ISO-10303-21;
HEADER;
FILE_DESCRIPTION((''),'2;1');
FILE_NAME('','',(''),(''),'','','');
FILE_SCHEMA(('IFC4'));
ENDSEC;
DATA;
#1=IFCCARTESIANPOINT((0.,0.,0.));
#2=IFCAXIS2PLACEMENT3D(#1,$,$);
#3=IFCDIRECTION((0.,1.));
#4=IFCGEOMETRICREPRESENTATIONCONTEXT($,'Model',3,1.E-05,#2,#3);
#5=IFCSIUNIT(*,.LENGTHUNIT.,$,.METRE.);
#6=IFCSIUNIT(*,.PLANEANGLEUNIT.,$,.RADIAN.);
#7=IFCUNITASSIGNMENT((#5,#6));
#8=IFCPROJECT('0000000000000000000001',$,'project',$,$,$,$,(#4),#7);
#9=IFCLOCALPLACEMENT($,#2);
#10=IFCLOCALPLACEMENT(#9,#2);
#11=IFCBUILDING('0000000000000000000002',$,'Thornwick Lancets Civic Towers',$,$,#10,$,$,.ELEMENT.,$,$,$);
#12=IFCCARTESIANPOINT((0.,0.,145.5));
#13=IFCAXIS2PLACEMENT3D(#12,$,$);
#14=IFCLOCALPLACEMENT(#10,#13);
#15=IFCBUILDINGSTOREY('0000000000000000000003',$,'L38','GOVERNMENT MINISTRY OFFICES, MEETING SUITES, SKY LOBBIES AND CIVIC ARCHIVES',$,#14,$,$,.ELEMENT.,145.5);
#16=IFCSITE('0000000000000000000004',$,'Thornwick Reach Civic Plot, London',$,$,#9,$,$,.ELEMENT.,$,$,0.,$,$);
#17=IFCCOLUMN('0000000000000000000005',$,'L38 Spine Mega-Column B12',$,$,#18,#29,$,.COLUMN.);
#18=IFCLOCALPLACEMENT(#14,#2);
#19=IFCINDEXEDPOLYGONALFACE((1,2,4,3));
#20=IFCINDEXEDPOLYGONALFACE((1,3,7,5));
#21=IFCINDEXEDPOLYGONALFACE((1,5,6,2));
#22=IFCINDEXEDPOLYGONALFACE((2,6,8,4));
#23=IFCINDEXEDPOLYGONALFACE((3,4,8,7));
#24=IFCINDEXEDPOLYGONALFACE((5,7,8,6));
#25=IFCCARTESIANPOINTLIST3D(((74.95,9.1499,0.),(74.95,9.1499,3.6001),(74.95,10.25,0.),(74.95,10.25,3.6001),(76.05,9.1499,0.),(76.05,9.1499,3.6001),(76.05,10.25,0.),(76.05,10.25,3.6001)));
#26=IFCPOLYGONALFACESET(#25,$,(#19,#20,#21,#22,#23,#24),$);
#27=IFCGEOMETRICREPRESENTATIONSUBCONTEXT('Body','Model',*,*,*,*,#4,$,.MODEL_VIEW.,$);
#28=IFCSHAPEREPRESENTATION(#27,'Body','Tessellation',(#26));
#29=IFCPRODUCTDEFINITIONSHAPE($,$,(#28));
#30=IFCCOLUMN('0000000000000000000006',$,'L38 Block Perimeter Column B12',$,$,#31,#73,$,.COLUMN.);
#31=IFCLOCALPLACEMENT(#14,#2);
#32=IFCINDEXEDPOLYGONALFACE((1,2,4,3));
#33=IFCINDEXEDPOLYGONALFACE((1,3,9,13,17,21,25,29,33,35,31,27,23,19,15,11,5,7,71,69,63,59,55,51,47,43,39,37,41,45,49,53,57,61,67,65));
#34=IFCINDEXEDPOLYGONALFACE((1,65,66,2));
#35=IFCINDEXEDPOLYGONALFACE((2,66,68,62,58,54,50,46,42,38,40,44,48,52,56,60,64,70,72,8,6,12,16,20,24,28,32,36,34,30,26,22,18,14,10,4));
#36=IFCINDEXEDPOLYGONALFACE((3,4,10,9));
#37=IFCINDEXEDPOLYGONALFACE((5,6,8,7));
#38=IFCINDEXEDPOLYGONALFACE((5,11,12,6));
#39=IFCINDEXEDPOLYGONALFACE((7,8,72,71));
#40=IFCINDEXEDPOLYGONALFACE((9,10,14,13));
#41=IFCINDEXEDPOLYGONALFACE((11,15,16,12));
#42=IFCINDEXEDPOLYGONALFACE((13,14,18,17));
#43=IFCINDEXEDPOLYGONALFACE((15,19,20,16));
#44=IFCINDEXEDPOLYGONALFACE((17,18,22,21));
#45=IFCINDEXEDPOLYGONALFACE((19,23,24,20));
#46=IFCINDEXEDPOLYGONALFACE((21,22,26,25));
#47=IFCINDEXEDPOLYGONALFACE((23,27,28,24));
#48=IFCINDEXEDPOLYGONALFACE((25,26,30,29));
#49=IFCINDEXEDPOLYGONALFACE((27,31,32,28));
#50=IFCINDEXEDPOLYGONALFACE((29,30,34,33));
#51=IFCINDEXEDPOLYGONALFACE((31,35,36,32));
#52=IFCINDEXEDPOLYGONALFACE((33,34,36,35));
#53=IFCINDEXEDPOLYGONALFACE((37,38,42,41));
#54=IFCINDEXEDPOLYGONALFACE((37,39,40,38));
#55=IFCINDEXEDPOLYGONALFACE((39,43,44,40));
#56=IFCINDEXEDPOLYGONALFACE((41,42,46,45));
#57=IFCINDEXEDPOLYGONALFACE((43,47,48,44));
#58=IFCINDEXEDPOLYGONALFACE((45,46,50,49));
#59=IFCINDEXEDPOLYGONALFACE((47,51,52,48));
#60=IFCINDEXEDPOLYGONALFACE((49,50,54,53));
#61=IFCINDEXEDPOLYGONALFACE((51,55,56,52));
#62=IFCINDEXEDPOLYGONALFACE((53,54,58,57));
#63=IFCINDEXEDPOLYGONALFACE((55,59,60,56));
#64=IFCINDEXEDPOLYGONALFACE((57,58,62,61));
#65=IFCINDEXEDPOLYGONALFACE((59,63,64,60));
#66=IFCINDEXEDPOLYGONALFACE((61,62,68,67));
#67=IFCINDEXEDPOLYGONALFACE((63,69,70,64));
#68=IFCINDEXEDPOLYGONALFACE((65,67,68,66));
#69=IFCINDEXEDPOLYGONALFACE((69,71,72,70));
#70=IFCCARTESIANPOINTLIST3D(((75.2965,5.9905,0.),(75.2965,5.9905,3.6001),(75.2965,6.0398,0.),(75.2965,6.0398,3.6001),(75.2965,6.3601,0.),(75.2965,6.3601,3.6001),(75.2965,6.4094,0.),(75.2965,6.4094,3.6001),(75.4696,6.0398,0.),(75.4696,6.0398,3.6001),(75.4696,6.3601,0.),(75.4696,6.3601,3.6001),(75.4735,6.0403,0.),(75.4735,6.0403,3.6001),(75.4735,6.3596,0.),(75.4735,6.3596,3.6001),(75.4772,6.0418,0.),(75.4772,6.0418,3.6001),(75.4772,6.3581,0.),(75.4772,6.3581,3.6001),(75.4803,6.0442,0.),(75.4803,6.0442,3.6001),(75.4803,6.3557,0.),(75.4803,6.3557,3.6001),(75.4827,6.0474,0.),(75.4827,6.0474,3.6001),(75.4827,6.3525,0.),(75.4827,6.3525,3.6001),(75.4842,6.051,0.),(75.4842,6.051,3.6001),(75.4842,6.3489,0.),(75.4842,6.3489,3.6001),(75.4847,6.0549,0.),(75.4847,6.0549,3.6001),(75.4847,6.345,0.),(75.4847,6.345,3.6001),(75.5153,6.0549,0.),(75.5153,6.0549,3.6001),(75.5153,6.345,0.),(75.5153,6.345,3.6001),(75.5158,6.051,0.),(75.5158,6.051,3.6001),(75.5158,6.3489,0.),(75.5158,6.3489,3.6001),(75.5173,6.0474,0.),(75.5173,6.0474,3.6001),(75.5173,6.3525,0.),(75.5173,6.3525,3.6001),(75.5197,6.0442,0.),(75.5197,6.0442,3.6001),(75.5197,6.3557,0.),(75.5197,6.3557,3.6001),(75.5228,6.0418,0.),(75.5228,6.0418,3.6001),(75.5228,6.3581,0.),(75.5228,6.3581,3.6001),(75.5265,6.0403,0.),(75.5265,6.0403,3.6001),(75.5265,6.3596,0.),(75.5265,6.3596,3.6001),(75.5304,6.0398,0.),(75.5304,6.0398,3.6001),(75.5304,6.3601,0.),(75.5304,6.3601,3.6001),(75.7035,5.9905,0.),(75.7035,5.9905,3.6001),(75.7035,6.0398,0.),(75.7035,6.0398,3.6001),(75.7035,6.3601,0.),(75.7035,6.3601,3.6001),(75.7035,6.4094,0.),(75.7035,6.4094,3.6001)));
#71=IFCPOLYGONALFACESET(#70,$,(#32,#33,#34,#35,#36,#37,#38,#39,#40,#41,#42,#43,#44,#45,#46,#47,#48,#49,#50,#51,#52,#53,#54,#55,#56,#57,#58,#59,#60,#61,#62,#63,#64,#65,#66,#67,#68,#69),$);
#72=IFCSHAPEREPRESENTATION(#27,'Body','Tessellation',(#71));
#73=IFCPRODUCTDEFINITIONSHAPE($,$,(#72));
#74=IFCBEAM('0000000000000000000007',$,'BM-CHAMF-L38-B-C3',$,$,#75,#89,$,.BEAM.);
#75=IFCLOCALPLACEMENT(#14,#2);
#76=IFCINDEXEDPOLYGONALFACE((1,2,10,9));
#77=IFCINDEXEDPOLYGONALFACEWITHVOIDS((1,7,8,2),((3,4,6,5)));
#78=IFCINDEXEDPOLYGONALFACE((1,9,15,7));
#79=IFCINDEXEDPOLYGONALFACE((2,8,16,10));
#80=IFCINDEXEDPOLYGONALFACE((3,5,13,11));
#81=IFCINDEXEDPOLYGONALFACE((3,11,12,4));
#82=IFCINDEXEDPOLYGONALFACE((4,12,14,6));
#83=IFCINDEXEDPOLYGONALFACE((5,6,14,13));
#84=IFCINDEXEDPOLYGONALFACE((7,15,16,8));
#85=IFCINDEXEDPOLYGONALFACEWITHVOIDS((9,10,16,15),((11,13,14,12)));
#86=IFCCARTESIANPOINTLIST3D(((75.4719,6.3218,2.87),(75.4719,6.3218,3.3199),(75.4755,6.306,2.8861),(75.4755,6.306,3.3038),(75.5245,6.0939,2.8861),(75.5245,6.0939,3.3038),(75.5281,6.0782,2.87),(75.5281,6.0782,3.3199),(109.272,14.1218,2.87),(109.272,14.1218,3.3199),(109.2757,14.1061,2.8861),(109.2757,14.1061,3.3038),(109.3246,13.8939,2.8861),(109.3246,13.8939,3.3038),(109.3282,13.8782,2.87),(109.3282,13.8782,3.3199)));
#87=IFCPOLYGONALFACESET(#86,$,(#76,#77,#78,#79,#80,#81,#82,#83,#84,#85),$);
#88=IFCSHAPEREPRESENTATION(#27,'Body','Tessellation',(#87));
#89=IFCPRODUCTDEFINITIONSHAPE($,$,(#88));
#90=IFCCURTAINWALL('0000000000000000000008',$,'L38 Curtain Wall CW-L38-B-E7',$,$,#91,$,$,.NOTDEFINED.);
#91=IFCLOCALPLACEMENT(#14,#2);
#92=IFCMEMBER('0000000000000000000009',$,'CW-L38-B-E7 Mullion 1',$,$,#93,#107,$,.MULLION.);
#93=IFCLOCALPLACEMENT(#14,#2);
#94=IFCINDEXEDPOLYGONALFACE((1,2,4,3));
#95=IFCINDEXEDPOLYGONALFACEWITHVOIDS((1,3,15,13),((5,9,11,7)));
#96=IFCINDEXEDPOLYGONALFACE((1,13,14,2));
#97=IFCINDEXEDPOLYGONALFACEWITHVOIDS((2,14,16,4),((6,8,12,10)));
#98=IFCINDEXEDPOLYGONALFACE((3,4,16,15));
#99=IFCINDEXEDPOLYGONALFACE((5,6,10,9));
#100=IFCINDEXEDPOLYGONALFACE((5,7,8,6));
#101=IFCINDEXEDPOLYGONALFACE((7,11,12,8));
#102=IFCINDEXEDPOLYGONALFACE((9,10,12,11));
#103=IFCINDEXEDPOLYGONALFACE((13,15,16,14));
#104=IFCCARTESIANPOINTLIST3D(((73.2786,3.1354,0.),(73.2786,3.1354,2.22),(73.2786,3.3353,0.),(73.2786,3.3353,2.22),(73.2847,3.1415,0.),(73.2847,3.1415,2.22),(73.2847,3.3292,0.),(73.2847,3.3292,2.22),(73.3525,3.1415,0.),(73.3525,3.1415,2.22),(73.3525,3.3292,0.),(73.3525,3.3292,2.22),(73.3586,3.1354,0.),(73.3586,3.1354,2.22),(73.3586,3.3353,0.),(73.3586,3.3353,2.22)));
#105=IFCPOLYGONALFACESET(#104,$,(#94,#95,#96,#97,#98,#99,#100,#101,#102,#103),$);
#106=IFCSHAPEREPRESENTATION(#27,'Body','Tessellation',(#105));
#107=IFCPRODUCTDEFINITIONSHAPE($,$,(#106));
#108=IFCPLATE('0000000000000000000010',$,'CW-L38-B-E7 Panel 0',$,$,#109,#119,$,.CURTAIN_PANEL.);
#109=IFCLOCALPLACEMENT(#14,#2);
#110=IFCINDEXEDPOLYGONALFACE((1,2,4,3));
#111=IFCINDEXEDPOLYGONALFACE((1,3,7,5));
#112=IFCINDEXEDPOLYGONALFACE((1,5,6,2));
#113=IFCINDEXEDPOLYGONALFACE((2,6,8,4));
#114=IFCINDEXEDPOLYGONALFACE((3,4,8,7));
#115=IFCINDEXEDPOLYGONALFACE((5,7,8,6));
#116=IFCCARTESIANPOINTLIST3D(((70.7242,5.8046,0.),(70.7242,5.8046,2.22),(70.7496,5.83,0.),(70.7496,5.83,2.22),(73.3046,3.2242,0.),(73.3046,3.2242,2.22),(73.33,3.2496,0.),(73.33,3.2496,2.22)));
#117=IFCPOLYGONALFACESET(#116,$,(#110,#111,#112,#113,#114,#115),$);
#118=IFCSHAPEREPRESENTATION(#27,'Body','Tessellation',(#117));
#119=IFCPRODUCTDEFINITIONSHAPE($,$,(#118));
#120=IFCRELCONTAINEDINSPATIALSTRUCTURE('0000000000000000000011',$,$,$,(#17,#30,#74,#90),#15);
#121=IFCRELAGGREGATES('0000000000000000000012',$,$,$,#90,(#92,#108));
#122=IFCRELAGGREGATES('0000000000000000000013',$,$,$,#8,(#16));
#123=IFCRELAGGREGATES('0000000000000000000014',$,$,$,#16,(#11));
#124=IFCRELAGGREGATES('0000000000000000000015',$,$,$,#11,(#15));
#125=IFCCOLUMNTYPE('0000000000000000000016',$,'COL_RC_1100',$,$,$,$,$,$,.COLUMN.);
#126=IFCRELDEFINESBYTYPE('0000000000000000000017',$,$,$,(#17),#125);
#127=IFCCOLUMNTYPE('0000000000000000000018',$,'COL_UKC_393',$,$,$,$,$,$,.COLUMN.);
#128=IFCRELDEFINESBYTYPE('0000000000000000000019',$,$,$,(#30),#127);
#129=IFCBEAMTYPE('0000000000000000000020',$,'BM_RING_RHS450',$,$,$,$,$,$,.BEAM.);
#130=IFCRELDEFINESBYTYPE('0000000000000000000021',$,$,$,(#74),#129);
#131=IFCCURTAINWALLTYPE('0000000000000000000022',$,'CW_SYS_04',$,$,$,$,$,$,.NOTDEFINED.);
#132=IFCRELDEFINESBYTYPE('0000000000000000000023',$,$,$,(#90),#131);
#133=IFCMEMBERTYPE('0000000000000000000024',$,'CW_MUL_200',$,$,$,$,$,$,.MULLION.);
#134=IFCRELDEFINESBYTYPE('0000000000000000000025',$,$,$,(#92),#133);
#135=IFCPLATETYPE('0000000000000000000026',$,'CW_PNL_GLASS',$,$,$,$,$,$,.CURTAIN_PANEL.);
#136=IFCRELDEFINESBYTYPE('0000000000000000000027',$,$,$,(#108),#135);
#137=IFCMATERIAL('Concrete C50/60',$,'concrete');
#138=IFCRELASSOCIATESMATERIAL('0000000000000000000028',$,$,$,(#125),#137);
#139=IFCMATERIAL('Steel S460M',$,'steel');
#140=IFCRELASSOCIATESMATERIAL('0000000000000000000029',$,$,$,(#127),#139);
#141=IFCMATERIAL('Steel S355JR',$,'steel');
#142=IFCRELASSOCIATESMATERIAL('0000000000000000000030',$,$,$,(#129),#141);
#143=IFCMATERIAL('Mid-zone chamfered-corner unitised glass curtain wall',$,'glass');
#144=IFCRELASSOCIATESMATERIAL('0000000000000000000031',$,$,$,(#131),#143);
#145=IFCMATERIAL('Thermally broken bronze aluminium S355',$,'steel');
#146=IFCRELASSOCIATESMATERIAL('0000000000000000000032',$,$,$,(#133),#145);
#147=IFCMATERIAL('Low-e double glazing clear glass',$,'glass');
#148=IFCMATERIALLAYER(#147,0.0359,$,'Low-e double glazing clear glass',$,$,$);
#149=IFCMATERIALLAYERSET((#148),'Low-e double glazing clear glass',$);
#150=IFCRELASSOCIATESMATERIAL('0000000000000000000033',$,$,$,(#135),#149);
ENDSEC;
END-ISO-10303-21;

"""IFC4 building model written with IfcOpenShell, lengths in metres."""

from ifc_helpers import new_model, si_unit, direction, frame, origin, origin_2d, place, context, subcontext, project, spatial, rectangle, hollow_rectangle, i_section, extrude, material, layer, layer_set, material_profile, profile_set, type_object, element, aggregate, save


model = new_model("IFC4")

# Units and contexts
model_context = context("Model", 3, precision=1e-05, world=origin(), true_north=direction((0.0, 1.0)))
body_context = subcontext(model_context, "Body", "Model", "MODEL_VIEW")
ifc_project = project(units=[si_unit("LENGTHUNIT", "METRE"), si_unit("PLANEANGLEUNIT", "RADIAN")], contexts=[model_context])

# Site, building, storey
site_placement = place(None, origin())
site = spatial("IfcSite", under=ifc_project, at=site_placement, Name="Thornwick Reach Civic Plot, London", CompositionType="ELEMENT", RefElevation=0.0)
building_placement = place(site_placement, origin())
building = spatial("IfcBuilding", under=site, at=building_placement, Name="Thornwick Lancets Civic Towers", CompositionType="ELEMENT")
storey_placement = place(building_placement, frame((0.0, 0.0, 145.5)))
storey = spatial("IfcBuildingStorey", under=building, at=storey_placement, Name="L38", Description="GOVERNMENT MINISTRY OFFICES, MEETING SUITES, SKY LOBBIES AND CIVIC ARCHIVES", CompositionType="ELEMENT", Elevation=145.5)

# Columns
ifc_material_1 = material(Name="Concrete C50/60", Category="concrete")
ifc_material_profile_1 = material_profile(ifc_material_1, rectangle(XDim=1.1001, YDim=1.1001, at=origin_2d()), Name="RC 1100x1100")
ifc_profile_set_1 = profile_set([ifc_material_profile_1], Name="Concrete C50/60")
column_type_1 = type_object("IfcColumnType", Name="COL_RC_1100", PredefinedType="COLUMN", material=ifc_profile_set_1)
column_1_placement = place(storey_placement, frame((75.5, 9.7, 0.0), z_axis=(0.0, 0.0, 1.0), x_axis=(1.0, 0.0, 0.0)))
element("IfcColumn", 1, at=column_1_placement, inside=storey, type_object=column_type_1, Name="L38 Spine Mega-Column B12", PredefinedType="COLUMN", context=body_context, shape_type="SweptSolid", body=[
    extrude(rectangle(XDim=1.1001, YDim=1.1001, at=origin_2d()), origin(), (0.0, 0.0, 1.0), 3.6001),
])
ifc_material_2 = material(Name="Steel S460M", Category="steel")
ifc_material_profile_2 = material_profile(ifc_material_2, i_section(OverallWidth=0.407, OverallDepth=0.4189, WebThickness=0.0305, FlangeThickness=0.0493, FilletRadius=0.0151, at=origin_2d()), Name="UKC 356x406x393")
ifc_profile_set_2 = profile_set([ifc_material_profile_2], Name="Steel S460M")
column_type_2 = type_object("IfcColumnType", Name="COL_UKC_393", PredefinedType="COLUMN", material=ifc_profile_set_2)
column_2_placement = place(storey_placement, frame((75.5, 6.2, 0.0), z_axis=(0.0, 0.0, 1.0), x_axis=(1.0, 0.0, 0.0)))
element("IfcColumn", 2, at=column_2_placement, inside=storey, type_object=column_type_2, Name="L38 Block Perimeter Column B12", PredefinedType="COLUMN", context=body_context, shape_type="SweptSolid", body=[
    extrude(i_section(OverallWidth=0.407, OverallDepth=0.4189, WebThickness=0.0305, FlangeThickness=0.0493, FilletRadius=0.0151, at=origin_2d()), origin(), (0.0, 0.0, 1.0), 3.6001),
])

# Beam
ifc_material_3 = material(Name="Steel S355JR", Category="steel")
ifc_material_profile_3 = material_profile(ifc_material_3, hollow_rectangle(XDim=0.25, YDim=0.45, WallThickness=0.0161, at=origin_2d()), Name="RHS 450x250x16")
ifc_profile_set_3 = profile_set([ifc_material_profile_3], Name="Steel S355JR")
beam_type = type_object("IfcBeamType", Name="BM_RING_RHS450", PredefinedType="BEAM", material=ifc_profile_set_3)
beam_placement = place(storey_placement, frame((75.5, 6.2, 3.095), z_axis=(0.974391, 0.224861, 0.0), x_axis=(-0.224861, 0.974391, 0.0)))
element("IfcBeam", 3, at=beam_placement, inside=storey, type_object=beam_type, Name="BM-CHAMF-L38-B-C3", PredefinedType="BEAM", context=body_context, shape_type="SweptSolid", body=[
    extrude(hollow_rectangle(XDim=0.25, YDim=0.45, WallThickness=0.0161, at=origin_2d()), origin(), (0.0, 0.0, 1.0), 34.6885),
])

# Curtain wall, member, plate
ifc_material_4 = material(Name="Mid-zone chamfered-corner unitised glass curtain wall", Category="glass")
curtain_wall_type = type_object("IfcCurtainWallType", Name="CW_SYS_04", PredefinedType="NOTDEFINED", material=ifc_material_4)
curtain_wall_placement = place(storey_placement, origin())
curtain_wall = element("IfcCurtainWall", 4, at=curtain_wall_placement, inside=storey, type_object=curtain_wall_type, Name="L38 Curtain Wall CW-L38-B-E7", PredefinedType="NOTDEFINED")
ifc_material_5 = material(Name="Thermally broken bronze aluminium S355", Category="steel")
ifc_material_profile_4 = material_profile(ifc_material_5, hollow_rectangle(XDim=0.0801, YDim=0.2, WallThickness=0.0061, at=origin_2d()), Name="RHS 200x80x6")
ifc_profile_set_4 = profile_set([ifc_material_profile_4], Name="Thermally broken bronze aluminium S355")
member_type = type_object("IfcMemberType", Name="CW_MUL_200", PredefinedType="MULLION", material=ifc_profile_set_4)
member_placement = place(storey_placement, frame((73.3186, 3.2354, 0.0), z_axis=(0.0, 0.0, 1.0), x_axis=(1.0, 0.0, 0.0)))
member = element("IfcMember", 5, at=member_placement, type_object=member_type, Name="CW-L38-B-E7 Mullion 1", PredefinedType="MULLION", context=body_context, shape_type="SweptSolid", body=[
    extrude(hollow_rectangle(XDim=0.0801, YDim=0.2, WallThickness=0.0061, at=origin_2d()), origin(), (0.0, 0.0, 1.0), 2.22),
])
ifc_material_6 = material(Name="Low-e double glazing clear glass", Category="glass")
ifc_layer_1 = layer(ifc_material_6, 0.0359, Name="Low-e double glazing clear glass")
ifc_layer_set_1 = layer_set([ifc_layer_1], Name="Low-e double glazing clear glass")
plate_type = type_object("IfcPlateType", Name="CW_PNL_GLASS", PredefinedType="CURTAIN_PANEL", material=ifc_layer_set_1)
plate_placement = place(storey_placement, frame((72.0271, 4.5271, 0.0), z_axis=(0.0, 0.0, 1.0), x_axis=(0.707107, -0.707107, 0.0)))
plate = element("IfcPlate", 6, at=plate_placement, type_object=plate_type, Name="CW-L38-B-E7 Panel 0", PredefinedType="CURTAIN_PANEL", context=body_context, shape_type="SweptSolid", body=[
    extrude(rectangle(XDim=3.6492, YDim=0.0359, at=origin_2d()), origin(), (0.0, 0.0, 1.0), 2.22),
])
aggregate(curtain_wall, [member, plate])

save(model, "model.ifc")
